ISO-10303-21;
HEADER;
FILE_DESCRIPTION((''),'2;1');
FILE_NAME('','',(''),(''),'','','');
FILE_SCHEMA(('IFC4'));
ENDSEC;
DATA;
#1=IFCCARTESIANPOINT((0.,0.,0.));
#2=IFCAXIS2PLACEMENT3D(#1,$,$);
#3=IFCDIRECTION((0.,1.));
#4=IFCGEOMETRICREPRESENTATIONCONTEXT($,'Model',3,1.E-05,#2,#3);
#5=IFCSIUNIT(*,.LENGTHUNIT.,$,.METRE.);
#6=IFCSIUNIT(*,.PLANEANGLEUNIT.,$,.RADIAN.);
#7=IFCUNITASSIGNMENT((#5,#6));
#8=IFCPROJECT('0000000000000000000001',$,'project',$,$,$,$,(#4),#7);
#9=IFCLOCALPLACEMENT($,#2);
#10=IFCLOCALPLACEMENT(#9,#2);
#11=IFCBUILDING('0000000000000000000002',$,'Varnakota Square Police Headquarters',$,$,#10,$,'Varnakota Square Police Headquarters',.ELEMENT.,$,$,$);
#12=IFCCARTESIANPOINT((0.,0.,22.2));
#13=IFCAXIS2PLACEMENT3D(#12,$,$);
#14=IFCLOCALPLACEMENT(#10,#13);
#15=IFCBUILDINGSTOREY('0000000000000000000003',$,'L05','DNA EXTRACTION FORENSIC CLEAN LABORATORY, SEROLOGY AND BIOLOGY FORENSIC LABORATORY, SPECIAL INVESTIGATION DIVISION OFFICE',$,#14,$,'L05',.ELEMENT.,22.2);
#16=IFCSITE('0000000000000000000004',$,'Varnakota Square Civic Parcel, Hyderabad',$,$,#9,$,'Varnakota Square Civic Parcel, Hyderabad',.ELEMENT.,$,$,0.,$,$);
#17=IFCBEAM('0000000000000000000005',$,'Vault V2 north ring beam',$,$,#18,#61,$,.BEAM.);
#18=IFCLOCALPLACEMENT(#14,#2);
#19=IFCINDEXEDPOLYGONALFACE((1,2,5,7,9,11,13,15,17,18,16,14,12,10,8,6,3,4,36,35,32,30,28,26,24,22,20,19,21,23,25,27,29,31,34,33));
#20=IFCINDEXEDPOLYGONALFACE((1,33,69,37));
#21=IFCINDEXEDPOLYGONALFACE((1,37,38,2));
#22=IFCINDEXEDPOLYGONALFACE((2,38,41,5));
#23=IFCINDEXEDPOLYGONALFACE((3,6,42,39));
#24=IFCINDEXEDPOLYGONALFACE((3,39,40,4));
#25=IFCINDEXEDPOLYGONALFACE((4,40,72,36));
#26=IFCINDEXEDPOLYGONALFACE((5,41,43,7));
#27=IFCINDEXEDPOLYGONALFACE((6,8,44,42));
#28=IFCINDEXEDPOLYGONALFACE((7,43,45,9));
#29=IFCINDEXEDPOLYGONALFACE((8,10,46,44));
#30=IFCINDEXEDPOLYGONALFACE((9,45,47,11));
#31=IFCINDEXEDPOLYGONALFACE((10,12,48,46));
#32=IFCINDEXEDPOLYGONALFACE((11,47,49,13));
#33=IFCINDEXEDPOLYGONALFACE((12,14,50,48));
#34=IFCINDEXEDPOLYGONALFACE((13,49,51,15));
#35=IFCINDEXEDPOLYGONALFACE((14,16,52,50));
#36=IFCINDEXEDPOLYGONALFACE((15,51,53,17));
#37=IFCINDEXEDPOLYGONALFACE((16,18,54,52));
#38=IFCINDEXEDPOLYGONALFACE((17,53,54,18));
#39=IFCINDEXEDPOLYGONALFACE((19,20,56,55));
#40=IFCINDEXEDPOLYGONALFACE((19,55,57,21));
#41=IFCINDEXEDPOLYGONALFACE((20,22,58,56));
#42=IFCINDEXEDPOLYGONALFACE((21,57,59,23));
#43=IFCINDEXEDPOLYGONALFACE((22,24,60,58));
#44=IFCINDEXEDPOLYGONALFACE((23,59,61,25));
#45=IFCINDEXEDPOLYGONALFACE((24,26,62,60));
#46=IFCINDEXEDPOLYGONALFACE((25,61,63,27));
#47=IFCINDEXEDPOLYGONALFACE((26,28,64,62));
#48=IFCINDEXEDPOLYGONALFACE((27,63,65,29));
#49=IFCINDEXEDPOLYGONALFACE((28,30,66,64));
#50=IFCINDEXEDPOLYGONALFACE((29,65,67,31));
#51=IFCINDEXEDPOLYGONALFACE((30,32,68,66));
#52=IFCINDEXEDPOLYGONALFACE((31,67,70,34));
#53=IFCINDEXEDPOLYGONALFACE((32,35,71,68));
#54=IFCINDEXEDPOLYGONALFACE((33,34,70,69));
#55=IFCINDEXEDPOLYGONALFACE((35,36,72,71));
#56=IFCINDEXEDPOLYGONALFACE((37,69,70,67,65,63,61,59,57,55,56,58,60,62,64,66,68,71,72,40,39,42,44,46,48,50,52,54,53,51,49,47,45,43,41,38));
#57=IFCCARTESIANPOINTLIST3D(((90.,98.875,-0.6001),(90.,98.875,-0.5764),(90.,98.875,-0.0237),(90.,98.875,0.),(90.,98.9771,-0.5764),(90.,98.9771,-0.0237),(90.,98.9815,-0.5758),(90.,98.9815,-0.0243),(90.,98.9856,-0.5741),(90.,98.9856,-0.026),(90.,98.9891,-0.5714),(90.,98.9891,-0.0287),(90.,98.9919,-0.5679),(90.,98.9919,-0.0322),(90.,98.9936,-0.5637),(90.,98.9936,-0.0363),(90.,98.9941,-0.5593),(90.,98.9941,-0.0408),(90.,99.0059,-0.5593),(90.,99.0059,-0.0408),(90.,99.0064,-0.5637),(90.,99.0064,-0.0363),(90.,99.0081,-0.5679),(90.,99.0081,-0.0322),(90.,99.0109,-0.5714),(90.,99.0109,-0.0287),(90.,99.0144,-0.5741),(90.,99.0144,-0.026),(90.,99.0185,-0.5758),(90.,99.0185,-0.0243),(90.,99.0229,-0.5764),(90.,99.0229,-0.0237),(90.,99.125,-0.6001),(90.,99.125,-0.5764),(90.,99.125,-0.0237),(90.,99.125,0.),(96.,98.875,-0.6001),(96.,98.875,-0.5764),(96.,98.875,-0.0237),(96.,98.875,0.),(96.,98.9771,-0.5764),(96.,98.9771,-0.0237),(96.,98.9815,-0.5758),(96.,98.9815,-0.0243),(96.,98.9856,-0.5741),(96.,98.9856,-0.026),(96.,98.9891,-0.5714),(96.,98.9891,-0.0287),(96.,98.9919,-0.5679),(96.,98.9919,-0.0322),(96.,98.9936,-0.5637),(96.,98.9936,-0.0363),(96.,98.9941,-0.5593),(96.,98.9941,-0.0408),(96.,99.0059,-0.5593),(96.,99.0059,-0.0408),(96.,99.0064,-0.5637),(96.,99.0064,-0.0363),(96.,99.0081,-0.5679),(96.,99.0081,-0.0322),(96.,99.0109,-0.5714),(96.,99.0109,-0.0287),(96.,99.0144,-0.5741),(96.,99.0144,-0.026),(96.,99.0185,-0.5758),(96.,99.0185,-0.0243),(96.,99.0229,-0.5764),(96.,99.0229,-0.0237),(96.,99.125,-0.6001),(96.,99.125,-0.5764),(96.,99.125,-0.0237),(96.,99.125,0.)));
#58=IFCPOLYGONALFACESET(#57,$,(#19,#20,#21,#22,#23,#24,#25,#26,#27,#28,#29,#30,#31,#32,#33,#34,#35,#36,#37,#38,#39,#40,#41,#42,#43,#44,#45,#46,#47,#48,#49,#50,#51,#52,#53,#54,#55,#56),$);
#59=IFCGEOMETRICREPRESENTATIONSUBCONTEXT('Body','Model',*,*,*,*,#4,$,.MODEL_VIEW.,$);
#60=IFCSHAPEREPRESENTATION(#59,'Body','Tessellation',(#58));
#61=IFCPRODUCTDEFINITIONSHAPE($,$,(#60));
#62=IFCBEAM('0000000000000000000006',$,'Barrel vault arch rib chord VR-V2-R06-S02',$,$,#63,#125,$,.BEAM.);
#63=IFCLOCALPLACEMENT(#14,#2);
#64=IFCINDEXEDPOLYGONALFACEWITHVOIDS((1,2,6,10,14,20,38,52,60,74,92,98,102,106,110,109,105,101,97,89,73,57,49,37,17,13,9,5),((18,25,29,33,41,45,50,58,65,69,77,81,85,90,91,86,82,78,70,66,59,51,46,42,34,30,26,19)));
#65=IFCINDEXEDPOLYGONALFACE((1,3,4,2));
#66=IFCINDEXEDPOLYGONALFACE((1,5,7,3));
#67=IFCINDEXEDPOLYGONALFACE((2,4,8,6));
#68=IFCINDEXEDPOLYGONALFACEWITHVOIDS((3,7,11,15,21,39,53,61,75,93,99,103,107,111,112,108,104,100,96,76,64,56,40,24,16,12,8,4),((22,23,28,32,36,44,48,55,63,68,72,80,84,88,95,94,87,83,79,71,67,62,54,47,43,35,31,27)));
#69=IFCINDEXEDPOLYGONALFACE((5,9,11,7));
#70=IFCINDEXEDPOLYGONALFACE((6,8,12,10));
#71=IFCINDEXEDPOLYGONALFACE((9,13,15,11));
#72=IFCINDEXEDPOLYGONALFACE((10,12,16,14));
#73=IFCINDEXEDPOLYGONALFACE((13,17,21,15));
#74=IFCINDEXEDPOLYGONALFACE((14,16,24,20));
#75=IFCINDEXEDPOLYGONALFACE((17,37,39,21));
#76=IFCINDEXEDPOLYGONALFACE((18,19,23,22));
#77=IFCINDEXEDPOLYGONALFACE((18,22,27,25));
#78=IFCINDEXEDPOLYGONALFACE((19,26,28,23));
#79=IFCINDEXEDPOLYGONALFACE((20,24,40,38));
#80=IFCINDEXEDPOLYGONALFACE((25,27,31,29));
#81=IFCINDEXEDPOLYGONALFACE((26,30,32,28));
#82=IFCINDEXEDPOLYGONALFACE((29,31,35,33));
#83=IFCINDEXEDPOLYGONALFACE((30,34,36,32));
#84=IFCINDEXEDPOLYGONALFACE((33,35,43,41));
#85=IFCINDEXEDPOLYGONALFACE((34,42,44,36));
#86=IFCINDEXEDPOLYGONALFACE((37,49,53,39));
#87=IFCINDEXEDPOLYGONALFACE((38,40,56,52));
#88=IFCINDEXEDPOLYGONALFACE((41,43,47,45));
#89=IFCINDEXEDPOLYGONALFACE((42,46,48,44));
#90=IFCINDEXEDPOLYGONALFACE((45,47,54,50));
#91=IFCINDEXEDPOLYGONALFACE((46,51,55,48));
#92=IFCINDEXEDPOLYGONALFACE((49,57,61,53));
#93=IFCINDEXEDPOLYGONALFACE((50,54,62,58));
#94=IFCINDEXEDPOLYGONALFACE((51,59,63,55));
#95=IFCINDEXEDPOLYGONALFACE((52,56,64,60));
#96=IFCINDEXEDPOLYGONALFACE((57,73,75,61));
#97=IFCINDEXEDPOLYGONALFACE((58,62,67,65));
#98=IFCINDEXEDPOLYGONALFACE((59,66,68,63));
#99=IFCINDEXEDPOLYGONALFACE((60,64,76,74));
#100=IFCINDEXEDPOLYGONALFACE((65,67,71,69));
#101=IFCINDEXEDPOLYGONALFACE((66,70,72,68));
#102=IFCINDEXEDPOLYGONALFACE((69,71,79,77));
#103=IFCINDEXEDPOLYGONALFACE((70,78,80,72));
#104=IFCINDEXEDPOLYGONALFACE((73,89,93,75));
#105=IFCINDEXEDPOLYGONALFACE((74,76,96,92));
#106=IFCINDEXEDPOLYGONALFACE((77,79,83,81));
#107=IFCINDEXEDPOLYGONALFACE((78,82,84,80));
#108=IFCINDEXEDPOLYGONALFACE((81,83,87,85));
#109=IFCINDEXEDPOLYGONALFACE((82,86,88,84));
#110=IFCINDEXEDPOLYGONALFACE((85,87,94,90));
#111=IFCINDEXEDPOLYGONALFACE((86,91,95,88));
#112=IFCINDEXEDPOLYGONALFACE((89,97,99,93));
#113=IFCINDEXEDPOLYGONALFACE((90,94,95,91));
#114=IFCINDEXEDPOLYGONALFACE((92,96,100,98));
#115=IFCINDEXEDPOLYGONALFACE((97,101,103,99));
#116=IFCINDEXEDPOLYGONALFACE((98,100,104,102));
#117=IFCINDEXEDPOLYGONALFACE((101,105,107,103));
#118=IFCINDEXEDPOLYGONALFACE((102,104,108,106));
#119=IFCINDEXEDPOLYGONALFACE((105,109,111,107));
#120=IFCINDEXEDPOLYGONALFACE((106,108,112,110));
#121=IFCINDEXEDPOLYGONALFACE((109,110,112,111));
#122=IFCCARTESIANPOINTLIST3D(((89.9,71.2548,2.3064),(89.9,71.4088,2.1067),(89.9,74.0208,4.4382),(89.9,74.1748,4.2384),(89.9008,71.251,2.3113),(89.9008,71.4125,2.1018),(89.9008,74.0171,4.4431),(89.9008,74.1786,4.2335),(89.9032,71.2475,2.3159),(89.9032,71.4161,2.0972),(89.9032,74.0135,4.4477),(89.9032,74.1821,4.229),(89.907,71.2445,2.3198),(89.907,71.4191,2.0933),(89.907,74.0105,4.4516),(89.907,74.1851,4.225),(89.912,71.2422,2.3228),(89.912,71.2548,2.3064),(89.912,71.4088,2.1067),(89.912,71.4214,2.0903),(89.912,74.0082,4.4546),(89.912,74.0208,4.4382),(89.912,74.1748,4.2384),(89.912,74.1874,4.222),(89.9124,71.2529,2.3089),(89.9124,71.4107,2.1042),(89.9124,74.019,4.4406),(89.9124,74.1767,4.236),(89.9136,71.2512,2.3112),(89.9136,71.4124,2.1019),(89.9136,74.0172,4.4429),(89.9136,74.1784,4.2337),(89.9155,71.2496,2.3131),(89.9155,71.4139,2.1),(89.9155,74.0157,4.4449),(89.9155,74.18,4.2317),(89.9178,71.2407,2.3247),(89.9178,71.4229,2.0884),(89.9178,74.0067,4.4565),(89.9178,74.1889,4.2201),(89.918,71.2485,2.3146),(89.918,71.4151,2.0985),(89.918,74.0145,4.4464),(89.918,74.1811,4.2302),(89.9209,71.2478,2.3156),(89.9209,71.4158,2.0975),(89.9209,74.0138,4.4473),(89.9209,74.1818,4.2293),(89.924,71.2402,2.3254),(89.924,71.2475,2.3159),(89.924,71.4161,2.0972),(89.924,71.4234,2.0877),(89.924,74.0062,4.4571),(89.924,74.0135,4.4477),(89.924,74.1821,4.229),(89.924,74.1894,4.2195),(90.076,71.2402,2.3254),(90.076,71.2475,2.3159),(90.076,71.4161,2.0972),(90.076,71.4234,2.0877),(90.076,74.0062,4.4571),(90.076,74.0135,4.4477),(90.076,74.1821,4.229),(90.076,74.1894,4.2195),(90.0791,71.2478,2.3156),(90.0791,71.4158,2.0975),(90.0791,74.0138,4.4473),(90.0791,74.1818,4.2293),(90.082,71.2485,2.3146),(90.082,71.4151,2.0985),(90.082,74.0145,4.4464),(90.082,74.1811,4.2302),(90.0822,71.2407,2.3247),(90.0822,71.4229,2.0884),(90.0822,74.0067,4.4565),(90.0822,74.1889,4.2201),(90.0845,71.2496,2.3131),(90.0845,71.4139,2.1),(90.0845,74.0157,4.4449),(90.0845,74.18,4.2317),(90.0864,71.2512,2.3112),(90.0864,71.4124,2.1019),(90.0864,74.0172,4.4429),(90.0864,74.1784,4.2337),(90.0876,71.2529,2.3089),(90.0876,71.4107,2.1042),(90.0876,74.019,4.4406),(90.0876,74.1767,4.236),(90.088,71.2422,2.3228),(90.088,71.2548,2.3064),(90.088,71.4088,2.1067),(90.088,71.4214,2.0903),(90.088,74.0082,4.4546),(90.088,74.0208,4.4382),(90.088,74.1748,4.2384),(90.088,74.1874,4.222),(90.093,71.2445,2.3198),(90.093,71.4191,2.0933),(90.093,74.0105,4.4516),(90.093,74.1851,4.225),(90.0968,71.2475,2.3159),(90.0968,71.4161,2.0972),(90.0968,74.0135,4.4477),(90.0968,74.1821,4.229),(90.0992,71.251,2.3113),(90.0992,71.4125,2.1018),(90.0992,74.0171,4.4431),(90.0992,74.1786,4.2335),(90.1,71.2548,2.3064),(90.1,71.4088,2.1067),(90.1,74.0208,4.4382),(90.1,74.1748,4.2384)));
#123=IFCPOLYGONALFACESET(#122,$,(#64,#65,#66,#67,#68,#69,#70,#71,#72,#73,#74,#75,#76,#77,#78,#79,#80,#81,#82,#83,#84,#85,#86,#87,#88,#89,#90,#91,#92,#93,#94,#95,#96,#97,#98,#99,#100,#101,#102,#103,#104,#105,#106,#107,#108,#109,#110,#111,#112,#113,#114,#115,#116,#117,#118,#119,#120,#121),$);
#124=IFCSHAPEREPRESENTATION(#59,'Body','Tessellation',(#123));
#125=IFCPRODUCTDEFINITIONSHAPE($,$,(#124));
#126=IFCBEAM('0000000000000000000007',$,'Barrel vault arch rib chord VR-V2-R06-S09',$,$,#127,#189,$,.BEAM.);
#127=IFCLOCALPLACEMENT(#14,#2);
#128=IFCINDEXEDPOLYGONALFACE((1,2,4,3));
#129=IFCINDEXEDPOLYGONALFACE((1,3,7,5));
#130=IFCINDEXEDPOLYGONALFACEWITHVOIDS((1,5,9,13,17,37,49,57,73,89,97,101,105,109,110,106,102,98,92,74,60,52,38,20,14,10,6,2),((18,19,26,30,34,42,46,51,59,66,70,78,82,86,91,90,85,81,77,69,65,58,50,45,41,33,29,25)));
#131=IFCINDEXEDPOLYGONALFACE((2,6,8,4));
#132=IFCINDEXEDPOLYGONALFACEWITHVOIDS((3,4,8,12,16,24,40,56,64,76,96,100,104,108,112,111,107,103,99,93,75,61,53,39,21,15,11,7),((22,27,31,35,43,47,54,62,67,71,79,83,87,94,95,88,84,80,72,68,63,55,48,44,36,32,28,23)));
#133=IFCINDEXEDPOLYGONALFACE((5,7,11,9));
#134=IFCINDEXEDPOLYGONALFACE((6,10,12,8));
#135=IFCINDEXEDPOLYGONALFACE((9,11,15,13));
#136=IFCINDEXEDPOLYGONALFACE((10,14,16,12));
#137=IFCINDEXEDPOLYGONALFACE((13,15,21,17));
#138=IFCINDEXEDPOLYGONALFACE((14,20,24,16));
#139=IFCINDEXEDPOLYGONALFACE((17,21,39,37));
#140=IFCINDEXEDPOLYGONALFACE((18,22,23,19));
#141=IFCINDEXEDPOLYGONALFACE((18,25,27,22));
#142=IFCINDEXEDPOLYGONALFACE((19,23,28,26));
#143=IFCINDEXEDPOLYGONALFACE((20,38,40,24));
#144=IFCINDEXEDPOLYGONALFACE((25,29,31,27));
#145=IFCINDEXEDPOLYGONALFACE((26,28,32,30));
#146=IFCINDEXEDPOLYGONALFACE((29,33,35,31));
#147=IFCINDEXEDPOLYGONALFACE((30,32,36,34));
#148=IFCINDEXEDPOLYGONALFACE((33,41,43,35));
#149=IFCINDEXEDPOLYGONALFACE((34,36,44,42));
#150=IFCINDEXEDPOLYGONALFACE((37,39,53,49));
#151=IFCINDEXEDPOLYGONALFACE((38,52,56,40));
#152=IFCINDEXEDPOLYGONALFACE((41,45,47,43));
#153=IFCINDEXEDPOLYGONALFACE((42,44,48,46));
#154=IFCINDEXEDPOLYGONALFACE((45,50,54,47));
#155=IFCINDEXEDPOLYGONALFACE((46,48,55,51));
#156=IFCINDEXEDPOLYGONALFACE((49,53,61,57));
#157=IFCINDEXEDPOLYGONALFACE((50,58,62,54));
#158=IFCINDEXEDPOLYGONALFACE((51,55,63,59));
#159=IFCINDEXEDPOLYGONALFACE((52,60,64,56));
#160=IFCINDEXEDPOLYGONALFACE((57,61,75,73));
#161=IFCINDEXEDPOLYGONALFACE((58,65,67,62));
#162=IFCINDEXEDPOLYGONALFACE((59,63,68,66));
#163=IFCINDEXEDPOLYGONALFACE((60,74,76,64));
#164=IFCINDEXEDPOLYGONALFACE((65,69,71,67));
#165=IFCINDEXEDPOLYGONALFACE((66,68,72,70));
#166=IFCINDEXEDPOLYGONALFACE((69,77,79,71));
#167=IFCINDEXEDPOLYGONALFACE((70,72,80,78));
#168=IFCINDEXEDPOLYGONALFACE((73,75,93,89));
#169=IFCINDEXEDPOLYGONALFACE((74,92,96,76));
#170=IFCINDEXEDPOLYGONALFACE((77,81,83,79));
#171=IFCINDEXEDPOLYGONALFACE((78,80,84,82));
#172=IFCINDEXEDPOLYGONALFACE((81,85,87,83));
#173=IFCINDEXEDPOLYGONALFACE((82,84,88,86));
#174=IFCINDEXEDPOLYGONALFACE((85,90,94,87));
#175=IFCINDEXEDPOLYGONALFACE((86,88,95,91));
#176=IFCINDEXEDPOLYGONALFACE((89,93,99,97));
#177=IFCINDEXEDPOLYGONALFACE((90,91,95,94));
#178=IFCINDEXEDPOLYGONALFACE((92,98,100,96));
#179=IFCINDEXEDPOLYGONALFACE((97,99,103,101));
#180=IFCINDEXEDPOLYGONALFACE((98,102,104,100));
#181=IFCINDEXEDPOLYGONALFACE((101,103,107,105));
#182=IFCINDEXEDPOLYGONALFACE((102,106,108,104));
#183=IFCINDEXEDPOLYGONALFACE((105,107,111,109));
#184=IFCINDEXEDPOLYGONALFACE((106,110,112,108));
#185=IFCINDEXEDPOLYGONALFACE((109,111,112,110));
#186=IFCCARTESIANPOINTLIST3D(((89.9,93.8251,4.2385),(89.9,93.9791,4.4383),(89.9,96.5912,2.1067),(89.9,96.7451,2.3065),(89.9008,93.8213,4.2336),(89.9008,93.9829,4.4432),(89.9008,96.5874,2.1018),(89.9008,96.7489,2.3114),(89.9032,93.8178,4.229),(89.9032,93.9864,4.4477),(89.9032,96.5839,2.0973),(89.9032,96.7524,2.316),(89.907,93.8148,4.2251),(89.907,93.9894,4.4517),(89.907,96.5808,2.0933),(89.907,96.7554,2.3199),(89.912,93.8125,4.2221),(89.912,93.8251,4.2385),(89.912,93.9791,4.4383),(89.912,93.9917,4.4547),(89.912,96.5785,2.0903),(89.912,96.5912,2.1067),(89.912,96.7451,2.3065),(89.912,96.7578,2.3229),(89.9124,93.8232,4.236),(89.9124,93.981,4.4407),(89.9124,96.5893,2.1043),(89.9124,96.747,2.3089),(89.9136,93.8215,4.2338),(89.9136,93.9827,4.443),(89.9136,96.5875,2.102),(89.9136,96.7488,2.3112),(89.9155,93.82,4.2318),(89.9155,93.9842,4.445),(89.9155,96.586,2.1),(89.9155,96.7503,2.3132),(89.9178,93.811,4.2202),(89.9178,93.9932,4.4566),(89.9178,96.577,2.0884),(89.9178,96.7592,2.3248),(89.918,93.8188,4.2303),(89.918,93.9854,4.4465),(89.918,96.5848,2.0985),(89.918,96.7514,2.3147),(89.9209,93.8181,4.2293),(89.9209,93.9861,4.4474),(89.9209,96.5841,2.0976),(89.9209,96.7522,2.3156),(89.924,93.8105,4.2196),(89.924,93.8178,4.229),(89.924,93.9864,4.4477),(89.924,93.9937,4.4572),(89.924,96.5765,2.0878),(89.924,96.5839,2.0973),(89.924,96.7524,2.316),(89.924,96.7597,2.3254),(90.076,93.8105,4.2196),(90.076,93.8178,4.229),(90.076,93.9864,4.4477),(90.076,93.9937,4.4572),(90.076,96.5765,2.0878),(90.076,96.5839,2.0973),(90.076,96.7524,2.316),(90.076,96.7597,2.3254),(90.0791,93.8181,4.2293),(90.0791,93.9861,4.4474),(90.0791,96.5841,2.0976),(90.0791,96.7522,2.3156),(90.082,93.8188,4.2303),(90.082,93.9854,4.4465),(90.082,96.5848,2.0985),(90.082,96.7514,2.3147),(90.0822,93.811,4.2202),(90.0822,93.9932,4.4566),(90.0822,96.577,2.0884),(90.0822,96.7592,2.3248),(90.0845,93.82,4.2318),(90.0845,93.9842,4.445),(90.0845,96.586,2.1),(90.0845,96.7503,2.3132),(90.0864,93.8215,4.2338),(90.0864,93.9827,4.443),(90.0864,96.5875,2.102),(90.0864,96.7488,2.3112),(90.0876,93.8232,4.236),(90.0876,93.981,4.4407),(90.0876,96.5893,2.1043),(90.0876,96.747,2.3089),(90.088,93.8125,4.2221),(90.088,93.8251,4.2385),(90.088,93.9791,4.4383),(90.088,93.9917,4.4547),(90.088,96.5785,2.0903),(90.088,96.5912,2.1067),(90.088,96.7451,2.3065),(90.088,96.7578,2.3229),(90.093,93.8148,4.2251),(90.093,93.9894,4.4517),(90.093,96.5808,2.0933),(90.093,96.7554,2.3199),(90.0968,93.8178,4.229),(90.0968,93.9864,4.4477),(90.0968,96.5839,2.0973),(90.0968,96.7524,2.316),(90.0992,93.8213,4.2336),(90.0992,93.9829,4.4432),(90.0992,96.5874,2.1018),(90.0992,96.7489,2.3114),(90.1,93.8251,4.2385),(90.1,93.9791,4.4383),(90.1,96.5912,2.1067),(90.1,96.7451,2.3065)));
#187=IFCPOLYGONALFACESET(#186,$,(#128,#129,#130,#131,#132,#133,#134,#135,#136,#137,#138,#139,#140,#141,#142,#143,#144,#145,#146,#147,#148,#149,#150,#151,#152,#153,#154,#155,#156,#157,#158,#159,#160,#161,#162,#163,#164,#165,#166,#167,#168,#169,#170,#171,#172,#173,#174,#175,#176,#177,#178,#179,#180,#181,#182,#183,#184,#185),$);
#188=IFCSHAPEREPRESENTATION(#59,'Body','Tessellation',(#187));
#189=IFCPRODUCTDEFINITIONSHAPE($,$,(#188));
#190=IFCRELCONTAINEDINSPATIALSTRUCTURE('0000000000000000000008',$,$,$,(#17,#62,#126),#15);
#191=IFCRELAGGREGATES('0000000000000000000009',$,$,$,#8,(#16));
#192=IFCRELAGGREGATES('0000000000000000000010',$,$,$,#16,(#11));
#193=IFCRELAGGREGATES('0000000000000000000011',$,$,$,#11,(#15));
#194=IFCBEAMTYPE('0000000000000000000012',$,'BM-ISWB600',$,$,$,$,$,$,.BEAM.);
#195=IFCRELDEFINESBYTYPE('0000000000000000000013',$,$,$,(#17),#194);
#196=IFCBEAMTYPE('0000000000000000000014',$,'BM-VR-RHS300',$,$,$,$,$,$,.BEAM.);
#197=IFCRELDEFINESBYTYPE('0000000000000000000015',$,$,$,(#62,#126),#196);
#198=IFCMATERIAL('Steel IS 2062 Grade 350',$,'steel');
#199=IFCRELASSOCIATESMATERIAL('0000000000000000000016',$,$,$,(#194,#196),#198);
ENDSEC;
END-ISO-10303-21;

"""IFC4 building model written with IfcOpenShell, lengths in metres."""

from ifc_helpers import new_model, si_unit, direction, frame, origin, origin_2d, place, context, subcontext, project, spatial, hollow_rectangle, i_section, extrude, material, material_profile, profile_set, type_object, element, save


model = new_model("IFC4")

# Units and contexts
model_context = context("Model", 3, precision=1e-05, world=origin(), true_north=direction((0.0, 1.0)))
body_context = subcontext(model_context, "Body", "Model", "MODEL_VIEW")
ifc_project = project(units=[si_unit("LENGTHUNIT", "METRE"), si_unit("PLANEANGLEUNIT", "RADIAN")], contexts=[model_context])

# Site, building, storey
site_placement = place(None, origin())
site = spatial("IfcSite", under=ifc_project, at=site_placement, Name="Varnakota Square Civic Parcel, Hyderabad", LongName="Varnakota Square Civic Parcel, Hyderabad", CompositionType="ELEMENT", RefElevation=0.0)
building_placement = place(site_placement, origin())
building = spatial("IfcBuilding", under=site, at=building_placement, Name="Varnakota Square Police Headquarters", LongName="Varnakota Square Police Headquarters", CompositionType="ELEMENT")
storey_placement = place(building_placement, frame((0.0, 0.0, 22.2)))
storey = spatial("IfcBuildingStorey", under=building, at=storey_placement, Name="L05", Description="DNA EXTRACTION FORENSIC CLEAN LABORATORY, SEROLOGY AND BIOLOGY FORENSIC LABORATORY, SPECIAL INVESTIGATION DIVISION OFFICE", LongName="L05", CompositionType="ELEMENT", Elevation=22.2)

# Beams
ifc_material_1 = material(Name="Steel IS 2062 Grade 350", Category="steel")
ifc_material_profile_1 = material_profile(ifc_material_1, i_section(OverallWidth=0.25, OverallDepth=0.6001, WebThickness=0.0117, FlangeThickness=0.0237, FilletRadius=0.0171, at=origin_2d()), Name="ISWB 600")
ifc_profile_set_1 = profile_set([ifc_material_profile_1], Name="Steel IS 2062 Grade 350")
beam_type_1 = type_object("IfcBeamType", Name="BM-ISWB600", PredefinedType="BEAM", material=ifc_profile_set_1)
beam_1_placement = place(storey_placement, frame((90.0, 99.0, -0.3), z_axis=(1.0, 0.0, 0.0), x_axis=(0.0, 1.0, 0.0)))
element("IfcBeam", 1, at=beam_1_placement, inside=storey, type_object=beam_type_1, Name="Vault V2 north ring beam", PredefinedType="BEAM", context=body_context, shape_type="SweptSolid", body=[
    extrude(i_section(OverallWidth=0.25, OverallDepth=0.6001, WebThickness=0.0117, FlangeThickness=0.0237, FilletRadius=0.0171, at=origin_2d()), origin(), (0.0, 0.0, 1.0), 6.0),
])
ifc_material_profile_2 = material_profile(ifc_material_1, hollow_rectangle(XDim=0.2, YDim=0.3, WallThickness=0.012, InnerFilletRadius=0.012, OuterFilletRadius=0.0239, at=origin_2d()), Name="RHS 300x200x12")
ifc_profile_set_2 = profile_set([ifc_material_profile_2], Name="Steel IS 2062 Grade 350")
beam_type_2 = type_object("IfcBeamType", Name="BM-VR-RHS300", PredefinedType="BEAM", material=ifc_profile_set_2)
for number, where, z_axis, x_axis, name in (
    (2, (90.0, 71.3318, 2.2065), (0.0, 0.792062, 0.61044), (-1.0, 0.0, 0.0), "Barrel vault arch rib chord VR-V2-R06-S02"),
    (3, (90.0, 93.9021, 4.3384), (0.0, 0.792062, -0.61044), (-1.0, 0.0, 0.0), "Barrel vault arch rib chord VR-V2-R06-S09"),
):
    element("IfcBeam", number, at=place(storey_placement, frame(where, z_axis=z_axis, x_axis=x_axis)), inside=storey, type_object=beam_type_2, Name=name, PredefinedType="BEAM", context=body_context, shape_type="SweptSolid", body=[
        extrude(hollow_rectangle(XDim=0.2, YDim=0.3, WallThickness=0.012, InnerFilletRadius=0.012, OuterFilletRadius=0.0239, at=origin_2d()), origin(), (0.0, 0.0, 1.0), 3.4922),
    ])

save(model, "model.ifc")
